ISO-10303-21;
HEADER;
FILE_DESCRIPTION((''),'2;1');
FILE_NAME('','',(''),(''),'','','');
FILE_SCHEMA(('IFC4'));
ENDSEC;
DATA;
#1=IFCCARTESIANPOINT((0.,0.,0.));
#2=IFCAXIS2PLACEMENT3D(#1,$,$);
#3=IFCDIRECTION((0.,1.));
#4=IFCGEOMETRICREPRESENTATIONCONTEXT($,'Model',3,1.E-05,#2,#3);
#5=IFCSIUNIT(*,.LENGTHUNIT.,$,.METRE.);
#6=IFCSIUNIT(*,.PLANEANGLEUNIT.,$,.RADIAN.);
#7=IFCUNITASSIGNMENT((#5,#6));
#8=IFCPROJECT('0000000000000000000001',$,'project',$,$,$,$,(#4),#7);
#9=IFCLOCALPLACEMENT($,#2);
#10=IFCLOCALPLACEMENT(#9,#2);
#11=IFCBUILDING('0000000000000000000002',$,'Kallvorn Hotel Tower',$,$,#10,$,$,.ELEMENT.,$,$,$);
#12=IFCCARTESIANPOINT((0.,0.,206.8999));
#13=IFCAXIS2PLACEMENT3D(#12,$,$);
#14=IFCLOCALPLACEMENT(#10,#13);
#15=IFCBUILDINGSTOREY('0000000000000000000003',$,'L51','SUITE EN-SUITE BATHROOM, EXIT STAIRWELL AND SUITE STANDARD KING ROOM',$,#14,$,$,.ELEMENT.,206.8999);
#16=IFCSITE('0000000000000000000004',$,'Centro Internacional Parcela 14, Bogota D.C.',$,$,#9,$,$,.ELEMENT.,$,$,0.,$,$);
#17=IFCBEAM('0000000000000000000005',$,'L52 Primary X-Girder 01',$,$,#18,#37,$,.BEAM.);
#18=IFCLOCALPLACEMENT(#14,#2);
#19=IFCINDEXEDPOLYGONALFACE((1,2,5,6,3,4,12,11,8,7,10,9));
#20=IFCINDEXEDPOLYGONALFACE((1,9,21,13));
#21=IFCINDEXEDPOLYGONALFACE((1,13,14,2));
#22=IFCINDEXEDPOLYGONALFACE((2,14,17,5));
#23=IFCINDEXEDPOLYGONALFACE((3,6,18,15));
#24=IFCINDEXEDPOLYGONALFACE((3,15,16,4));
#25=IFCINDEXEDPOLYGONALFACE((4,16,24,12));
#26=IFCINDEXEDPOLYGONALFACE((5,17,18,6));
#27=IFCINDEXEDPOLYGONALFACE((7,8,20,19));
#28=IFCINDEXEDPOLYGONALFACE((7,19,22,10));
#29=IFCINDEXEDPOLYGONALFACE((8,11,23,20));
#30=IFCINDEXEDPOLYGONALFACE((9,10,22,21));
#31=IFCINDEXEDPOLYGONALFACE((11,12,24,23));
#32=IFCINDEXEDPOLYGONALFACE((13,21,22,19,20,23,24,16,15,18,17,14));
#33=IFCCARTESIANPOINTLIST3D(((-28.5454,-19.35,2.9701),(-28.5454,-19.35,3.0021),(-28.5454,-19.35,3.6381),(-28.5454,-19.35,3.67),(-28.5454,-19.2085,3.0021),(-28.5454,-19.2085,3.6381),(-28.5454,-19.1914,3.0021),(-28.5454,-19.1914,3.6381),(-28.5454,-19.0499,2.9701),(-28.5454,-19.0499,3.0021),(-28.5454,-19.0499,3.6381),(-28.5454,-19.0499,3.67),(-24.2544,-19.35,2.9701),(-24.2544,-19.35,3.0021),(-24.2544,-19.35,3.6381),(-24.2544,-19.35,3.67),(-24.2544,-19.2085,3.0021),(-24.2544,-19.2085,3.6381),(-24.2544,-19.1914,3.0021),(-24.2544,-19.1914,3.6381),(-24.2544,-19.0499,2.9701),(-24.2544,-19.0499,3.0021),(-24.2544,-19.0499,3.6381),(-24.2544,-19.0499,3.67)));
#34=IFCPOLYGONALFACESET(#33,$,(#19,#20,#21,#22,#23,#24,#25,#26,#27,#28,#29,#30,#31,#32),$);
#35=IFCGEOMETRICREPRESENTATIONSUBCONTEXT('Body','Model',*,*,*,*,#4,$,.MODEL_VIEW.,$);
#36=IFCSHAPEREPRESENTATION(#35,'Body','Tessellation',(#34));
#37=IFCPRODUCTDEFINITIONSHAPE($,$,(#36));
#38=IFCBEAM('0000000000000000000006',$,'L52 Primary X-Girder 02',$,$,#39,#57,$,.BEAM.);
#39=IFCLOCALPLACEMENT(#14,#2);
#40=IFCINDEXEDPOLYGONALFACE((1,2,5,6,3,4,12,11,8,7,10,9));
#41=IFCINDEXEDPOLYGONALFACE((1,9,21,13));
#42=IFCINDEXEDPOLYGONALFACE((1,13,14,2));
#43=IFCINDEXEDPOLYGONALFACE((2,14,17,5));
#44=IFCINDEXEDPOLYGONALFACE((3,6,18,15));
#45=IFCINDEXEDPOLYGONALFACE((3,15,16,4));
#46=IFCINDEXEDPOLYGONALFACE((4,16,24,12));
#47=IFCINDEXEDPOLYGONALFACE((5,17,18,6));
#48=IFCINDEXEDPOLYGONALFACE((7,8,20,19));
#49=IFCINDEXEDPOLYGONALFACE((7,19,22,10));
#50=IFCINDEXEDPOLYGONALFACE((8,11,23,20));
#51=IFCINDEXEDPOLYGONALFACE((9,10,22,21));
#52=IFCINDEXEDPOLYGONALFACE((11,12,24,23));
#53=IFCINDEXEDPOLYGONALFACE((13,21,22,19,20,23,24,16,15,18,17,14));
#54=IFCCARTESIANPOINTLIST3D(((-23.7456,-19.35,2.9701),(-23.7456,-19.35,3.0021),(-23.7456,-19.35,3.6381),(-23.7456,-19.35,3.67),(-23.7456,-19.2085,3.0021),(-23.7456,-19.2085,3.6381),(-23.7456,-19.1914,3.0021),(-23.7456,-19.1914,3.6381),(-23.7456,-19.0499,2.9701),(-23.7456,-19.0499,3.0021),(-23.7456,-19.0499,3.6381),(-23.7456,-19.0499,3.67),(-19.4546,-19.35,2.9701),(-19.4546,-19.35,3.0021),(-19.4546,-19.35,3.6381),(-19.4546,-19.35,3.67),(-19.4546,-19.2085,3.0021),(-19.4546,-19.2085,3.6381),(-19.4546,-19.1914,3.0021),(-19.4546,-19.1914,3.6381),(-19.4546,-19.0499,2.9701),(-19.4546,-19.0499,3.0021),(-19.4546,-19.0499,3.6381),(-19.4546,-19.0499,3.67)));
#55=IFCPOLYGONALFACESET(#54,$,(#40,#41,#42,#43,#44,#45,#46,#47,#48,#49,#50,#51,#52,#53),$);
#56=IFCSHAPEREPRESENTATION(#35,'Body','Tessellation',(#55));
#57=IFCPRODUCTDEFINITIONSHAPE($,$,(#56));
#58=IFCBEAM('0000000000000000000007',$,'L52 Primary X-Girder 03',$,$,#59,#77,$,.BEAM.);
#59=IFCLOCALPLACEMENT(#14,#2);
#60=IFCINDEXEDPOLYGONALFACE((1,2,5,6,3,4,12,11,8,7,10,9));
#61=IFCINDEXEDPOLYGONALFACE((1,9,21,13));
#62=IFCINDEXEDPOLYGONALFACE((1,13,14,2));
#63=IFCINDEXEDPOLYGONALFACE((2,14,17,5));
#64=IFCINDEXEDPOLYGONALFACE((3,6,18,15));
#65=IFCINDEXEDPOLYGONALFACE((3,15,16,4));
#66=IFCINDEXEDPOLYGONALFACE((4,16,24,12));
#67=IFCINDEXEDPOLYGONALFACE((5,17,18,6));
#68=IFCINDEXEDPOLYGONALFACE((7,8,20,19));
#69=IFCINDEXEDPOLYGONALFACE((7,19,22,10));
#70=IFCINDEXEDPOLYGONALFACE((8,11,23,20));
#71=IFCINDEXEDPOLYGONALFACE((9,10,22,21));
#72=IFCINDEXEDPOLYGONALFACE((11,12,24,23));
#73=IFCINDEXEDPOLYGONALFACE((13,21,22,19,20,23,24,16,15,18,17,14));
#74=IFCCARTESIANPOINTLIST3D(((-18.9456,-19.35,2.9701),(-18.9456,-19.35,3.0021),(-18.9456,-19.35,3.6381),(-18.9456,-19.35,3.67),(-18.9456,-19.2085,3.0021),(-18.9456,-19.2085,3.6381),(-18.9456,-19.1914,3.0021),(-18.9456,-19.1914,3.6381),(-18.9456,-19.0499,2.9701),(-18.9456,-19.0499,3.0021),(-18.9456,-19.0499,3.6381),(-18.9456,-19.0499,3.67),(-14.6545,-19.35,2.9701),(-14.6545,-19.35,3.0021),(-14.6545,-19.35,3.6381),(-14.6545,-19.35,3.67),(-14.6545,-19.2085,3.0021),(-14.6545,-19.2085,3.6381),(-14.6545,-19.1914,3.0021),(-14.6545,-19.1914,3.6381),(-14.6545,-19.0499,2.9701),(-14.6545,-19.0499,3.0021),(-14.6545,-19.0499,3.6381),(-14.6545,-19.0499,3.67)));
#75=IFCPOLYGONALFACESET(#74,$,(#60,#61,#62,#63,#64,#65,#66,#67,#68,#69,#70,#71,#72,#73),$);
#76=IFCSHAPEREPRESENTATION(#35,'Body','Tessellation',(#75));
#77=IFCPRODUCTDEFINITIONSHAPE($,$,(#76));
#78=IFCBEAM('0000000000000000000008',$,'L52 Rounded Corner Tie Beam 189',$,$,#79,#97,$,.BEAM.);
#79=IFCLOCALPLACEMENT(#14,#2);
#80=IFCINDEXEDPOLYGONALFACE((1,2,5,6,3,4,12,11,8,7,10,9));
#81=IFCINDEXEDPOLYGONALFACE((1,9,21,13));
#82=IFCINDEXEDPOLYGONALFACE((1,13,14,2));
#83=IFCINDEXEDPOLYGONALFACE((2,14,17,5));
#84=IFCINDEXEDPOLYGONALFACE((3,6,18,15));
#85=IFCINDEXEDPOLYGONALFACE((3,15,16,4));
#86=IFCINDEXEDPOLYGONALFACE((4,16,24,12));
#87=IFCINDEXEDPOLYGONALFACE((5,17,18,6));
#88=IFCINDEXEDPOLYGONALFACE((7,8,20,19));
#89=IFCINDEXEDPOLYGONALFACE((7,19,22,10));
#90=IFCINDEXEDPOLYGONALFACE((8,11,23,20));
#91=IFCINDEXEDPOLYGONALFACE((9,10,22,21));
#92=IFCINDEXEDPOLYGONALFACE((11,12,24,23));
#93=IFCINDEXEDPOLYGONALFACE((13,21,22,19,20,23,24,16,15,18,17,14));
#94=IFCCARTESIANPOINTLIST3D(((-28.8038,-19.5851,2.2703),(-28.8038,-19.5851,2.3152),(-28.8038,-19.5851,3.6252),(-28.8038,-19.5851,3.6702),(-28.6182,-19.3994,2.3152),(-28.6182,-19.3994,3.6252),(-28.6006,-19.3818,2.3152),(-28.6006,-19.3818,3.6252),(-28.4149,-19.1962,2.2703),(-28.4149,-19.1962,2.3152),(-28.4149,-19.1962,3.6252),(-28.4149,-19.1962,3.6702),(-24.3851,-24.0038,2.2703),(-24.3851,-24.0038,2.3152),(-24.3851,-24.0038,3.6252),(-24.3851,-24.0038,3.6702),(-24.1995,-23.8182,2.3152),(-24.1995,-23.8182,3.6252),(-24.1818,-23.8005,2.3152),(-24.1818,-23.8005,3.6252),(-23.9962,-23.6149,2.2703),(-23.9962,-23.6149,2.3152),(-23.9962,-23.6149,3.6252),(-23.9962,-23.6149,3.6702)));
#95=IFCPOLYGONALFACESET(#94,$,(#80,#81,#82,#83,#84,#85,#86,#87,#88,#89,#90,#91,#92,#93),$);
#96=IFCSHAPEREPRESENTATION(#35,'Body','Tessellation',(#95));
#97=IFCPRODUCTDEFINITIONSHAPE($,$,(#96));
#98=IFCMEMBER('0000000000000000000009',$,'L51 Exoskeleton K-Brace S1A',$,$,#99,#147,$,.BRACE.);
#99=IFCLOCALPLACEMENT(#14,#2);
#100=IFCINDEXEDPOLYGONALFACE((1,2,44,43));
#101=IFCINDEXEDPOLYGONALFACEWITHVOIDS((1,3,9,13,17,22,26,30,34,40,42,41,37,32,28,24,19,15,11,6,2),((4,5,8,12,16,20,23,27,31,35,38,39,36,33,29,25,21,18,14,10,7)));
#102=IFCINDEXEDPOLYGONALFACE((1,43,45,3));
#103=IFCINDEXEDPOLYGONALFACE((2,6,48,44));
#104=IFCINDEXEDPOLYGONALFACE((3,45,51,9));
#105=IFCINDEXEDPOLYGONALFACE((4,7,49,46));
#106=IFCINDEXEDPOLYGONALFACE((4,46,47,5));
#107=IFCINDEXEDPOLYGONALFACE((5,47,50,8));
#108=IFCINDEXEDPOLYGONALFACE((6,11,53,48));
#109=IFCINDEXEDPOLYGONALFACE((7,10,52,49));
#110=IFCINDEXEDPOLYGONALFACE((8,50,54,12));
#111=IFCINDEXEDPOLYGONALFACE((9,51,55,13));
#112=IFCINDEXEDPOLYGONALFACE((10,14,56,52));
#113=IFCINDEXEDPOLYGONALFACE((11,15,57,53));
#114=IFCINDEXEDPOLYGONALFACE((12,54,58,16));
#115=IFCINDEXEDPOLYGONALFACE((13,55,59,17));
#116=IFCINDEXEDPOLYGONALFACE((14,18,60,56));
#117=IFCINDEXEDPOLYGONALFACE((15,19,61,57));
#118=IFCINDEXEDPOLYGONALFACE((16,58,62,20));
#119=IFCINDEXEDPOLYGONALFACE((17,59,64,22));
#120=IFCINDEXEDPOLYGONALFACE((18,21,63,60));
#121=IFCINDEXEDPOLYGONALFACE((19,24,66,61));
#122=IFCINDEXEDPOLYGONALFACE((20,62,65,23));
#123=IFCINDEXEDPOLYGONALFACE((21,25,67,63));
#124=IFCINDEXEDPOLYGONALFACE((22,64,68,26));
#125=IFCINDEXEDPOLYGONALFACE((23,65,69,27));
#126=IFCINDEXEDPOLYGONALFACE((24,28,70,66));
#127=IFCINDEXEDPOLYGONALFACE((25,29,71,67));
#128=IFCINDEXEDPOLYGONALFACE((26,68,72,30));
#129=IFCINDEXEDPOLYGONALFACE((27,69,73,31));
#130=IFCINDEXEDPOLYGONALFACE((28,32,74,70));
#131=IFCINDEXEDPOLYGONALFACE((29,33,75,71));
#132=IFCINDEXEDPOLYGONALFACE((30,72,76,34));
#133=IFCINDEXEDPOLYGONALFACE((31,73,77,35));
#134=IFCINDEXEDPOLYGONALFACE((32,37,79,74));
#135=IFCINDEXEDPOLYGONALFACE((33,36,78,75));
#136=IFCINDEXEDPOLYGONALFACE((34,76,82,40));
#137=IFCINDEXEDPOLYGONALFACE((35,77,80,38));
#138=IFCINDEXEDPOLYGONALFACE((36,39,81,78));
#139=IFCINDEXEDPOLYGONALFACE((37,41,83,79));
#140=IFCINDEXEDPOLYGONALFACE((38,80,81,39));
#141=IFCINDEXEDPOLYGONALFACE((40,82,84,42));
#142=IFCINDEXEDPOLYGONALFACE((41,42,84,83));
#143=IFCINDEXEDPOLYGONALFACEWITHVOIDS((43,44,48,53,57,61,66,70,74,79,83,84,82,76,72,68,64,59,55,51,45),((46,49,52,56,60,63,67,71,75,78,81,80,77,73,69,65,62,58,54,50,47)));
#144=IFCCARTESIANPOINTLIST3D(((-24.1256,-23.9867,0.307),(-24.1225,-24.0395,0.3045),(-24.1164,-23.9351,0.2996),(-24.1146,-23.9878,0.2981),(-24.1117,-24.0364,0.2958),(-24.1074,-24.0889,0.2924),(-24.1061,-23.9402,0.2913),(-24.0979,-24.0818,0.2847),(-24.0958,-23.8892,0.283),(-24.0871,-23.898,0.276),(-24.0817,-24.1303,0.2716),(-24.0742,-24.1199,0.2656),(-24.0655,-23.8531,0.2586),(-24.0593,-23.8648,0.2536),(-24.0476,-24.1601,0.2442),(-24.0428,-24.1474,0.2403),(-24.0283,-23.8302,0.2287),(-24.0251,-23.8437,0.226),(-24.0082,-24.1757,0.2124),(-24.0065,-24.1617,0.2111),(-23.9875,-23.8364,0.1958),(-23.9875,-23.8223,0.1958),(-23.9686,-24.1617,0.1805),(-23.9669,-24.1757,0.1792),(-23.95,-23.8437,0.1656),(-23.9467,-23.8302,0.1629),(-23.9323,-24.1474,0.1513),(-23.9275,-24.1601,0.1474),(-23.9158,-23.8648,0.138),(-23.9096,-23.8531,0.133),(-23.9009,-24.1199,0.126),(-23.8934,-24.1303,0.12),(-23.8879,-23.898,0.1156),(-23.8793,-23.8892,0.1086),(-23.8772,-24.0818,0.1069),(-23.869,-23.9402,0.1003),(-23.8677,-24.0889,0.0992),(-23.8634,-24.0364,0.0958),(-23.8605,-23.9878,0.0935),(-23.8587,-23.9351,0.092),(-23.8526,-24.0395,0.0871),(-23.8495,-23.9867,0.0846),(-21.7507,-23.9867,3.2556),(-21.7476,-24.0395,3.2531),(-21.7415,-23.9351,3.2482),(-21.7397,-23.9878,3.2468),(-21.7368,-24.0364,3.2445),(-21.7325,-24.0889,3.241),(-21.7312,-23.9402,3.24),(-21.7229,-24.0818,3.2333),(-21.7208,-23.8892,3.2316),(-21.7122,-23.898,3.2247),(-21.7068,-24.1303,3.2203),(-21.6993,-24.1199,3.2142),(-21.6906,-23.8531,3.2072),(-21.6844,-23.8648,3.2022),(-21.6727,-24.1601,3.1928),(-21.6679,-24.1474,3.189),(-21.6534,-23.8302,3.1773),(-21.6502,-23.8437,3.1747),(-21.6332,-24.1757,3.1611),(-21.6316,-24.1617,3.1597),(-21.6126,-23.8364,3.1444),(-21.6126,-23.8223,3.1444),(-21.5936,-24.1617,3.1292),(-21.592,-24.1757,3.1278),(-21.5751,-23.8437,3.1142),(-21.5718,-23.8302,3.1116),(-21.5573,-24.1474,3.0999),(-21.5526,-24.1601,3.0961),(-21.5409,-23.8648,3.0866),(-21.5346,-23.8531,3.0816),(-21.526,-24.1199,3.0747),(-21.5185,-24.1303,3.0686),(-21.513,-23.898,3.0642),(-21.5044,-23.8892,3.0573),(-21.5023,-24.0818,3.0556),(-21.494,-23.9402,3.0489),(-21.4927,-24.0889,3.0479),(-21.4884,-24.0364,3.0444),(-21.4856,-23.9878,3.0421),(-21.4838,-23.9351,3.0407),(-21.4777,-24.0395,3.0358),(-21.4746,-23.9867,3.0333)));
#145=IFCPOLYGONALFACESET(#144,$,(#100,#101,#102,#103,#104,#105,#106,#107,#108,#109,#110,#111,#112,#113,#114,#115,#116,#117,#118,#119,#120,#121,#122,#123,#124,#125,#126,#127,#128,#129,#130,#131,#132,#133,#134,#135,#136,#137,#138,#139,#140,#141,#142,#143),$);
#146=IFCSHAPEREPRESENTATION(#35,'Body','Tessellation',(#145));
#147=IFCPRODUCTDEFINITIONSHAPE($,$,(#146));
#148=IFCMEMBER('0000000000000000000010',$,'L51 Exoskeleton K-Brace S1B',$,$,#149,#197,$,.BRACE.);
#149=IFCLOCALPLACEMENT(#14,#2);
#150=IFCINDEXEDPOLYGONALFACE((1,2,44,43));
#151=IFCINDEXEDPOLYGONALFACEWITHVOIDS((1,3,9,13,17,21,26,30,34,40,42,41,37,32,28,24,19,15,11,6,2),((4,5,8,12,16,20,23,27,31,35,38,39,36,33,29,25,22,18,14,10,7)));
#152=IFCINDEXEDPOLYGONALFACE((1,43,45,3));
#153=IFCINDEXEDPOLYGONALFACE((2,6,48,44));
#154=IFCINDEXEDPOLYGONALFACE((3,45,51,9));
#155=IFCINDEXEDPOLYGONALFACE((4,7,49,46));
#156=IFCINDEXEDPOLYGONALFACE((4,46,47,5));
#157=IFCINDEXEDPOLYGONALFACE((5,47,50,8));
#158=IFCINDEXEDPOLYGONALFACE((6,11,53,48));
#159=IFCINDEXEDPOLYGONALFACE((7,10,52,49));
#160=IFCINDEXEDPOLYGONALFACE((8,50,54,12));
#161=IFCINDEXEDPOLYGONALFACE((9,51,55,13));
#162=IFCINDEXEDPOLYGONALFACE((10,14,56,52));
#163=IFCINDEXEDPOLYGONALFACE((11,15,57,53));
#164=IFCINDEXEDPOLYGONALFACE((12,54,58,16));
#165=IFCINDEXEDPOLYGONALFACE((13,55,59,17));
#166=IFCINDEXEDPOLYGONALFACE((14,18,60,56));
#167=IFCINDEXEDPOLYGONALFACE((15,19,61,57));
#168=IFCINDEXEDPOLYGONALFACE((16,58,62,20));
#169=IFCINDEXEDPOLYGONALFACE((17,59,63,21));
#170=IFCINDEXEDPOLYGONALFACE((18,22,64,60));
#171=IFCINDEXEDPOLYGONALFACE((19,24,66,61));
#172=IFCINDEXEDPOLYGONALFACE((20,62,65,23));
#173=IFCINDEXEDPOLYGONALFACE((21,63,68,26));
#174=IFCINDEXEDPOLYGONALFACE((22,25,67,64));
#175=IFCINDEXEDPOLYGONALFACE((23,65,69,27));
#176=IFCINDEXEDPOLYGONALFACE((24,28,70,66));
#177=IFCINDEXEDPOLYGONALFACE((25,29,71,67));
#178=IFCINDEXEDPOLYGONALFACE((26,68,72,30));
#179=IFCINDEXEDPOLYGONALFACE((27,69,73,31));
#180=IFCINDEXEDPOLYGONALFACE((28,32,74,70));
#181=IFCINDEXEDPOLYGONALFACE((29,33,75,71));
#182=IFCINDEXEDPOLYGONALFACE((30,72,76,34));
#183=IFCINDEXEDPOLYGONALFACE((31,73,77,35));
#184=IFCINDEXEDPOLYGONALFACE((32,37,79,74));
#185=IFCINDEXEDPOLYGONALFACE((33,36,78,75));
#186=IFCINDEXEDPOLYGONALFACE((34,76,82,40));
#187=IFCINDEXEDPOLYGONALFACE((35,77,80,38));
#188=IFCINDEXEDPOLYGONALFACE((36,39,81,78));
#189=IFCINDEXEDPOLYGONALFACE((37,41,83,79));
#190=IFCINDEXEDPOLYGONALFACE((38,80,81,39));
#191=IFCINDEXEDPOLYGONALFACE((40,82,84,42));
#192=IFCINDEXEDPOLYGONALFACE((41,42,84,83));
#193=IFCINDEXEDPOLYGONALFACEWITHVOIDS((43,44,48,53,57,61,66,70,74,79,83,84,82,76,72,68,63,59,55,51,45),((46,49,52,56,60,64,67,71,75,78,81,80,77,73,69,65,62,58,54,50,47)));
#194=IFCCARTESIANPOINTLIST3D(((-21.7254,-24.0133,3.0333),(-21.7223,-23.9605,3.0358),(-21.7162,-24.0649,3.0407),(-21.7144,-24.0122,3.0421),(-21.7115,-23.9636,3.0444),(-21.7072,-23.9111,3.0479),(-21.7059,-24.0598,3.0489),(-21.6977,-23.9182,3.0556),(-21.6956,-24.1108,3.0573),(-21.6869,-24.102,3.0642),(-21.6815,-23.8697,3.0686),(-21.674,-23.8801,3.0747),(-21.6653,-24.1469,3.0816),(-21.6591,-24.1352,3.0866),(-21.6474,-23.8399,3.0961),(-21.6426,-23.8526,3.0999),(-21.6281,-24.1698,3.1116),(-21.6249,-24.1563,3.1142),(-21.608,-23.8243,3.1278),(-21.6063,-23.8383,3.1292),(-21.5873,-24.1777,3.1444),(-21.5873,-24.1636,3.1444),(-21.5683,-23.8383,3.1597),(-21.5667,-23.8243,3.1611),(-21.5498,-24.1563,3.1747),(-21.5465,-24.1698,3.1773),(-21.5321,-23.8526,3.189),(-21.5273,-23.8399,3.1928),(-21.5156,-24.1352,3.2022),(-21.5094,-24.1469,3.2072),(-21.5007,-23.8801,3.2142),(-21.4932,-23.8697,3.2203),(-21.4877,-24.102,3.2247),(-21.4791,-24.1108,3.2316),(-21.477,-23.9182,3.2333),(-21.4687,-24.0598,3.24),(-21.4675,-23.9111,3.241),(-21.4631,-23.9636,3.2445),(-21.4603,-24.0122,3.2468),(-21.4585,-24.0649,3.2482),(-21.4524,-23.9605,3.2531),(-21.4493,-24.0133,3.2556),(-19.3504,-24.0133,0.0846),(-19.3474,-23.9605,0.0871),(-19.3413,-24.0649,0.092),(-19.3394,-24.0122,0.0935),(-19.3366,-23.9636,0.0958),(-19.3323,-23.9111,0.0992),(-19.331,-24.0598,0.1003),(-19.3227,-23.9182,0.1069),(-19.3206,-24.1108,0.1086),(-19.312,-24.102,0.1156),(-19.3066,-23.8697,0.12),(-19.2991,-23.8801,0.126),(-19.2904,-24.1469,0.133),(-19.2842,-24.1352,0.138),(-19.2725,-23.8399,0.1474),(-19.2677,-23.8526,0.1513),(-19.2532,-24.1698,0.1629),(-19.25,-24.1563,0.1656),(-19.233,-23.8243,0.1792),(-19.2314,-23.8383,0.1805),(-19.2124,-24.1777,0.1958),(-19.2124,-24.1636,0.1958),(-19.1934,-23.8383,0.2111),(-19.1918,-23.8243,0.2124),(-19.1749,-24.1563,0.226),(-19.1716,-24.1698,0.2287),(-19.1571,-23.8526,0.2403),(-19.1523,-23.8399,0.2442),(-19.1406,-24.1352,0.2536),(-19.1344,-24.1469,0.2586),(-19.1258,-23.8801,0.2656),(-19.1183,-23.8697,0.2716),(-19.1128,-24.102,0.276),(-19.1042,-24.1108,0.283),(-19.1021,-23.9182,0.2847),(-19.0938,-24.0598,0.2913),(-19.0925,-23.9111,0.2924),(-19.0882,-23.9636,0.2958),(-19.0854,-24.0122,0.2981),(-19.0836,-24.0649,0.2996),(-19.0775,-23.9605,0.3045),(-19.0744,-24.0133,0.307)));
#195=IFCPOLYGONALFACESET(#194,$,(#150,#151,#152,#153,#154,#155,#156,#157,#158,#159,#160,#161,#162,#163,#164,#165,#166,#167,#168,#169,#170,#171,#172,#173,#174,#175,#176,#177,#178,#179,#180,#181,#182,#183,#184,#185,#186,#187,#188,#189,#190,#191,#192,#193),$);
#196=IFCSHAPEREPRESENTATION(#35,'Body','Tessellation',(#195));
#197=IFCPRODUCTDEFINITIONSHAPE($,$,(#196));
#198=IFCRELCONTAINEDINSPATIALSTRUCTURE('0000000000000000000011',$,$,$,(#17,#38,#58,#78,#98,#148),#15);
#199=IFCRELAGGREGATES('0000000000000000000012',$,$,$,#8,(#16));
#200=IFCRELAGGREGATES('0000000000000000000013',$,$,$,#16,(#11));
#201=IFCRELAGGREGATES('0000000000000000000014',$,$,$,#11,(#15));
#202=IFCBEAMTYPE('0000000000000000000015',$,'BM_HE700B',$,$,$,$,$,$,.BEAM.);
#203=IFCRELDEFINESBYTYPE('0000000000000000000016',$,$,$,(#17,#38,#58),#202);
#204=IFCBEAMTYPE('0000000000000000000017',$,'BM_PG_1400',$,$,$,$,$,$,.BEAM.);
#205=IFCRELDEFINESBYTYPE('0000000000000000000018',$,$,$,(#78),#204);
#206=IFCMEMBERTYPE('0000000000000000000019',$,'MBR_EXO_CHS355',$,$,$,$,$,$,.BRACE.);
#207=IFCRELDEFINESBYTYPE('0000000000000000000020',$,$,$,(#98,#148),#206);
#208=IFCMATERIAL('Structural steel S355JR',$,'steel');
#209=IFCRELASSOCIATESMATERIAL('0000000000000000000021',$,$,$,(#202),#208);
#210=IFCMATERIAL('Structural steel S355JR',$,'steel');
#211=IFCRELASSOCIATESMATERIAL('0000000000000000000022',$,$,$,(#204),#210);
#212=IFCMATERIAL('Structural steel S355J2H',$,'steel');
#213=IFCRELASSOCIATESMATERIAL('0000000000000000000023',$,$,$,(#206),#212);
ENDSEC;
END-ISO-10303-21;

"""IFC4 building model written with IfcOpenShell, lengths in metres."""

from ifc_helpers import new_model, si_unit, direction, frame, origin, origin_2d, place, context, subcontext, project, spatial, hollow_circle, i_section, extrude, material, material_profile, profile_set, type_object, element, save


model = new_model("IFC4")

# Units and contexts
model_context = context("Model", 3, precision=1e-05, world=origin(), true_north=direction((0.0, 1.0)))
body_context = subcontext(model_context, "Body", "Model", "MODEL_VIEW")
ifc_project = project(units=[si_unit("LENGTHUNIT", "METRE"), si_unit("PLANEANGLEUNIT", "RADIAN")], contexts=[model_context])

# Site, building, storey
site_placement = place(None, origin())
site = spatial("IfcSite", under=ifc_project, at=site_placement, Name="Centro Internacional Parcela 14, Bogota D.C.", CompositionType="ELEMENT", RefElevation=0.0)
building_placement = place(site_placement, origin())
building = spatial("IfcBuilding", under=site, at=building_placement, Name="Kallvorn Hotel Tower", CompositionType="ELEMENT")
storey_placement = place(building_placement, frame((0.0, 0.0, 206.8999)))
storey = spatial("IfcBuildingStorey", under=building, at=storey_placement, Name="L51", Description="SUITE EN-SUITE BATHROOM, EXIT STAIRWELL AND SUITE STANDARD KING ROOM", CompositionType="ELEMENT", Elevation=206.8999)

# Beams
ifc_material_1 = material(Name="Structural steel S355JR", Category="steel")
ifc_material_profile_1 = material_profile(ifc_material_1, i_section(OverallWidth=0.3, OverallDepth=0.7, WebThickness=0.0171, FlangeThickness=0.032, at=origin_2d()), Name="HE 700 B")
ifc_profile_set_1 = profile_set([ifc_material_profile_1], Name="Structural steel S355JR")
beam_type_1 = type_object("IfcBeamType", Name="BM_HE700B", PredefinedType="BEAM", material=ifc_profile_set_1)
for number, where, z_axis, x_axis, name in (
    (1, (-28.5454, -19.2, 3.3201), (1.0, 0.0, 0.0), (0.0, 1.0, 0.0), "L52 Primary X-Girder 01"),
    (2, (-23.7456, -19.2, 3.3201), (1.0, 0.0, 0.0), (0.0, 1.0, 0.0), "L52 Primary X-Girder 02"),
    (3, (-18.9456, -19.2, 3.3201), (1.0, 0.0, 0.0), (0.0, 1.0, 0.0), "L52 Primary X-Girder 03"),
):
    element("IfcBeam", number, at=place(storey_placement, frame(where, z_axis=z_axis, x_axis=x_axis)), inside=storey, type_object=beam_type_1, Name=name, PredefinedType="BEAM", context=body_context, shape_type="SweptSolid", body=[
        extrude(i_section(OverallWidth=0.3, OverallDepth=0.7, WebThickness=0.0171, FlangeThickness=0.032, at=origin_2d()), origin(), (0.0, 0.0, 1.0), 4.291),
    ])
ifc_material_2 = material(Name="Structural steel S355JR", Category="steel")
ifc_material_profile_2 = material_profile(ifc_material_2, i_section(OverallWidth=0.55, OverallDepth=1.3999, WebThickness=0.0249, FlangeThickness=0.0449, at=origin_2d()), Name="PG 1400x550x25x45")
ifc_profile_set_2 = profile_set([ifc_material_profile_2], Name="Structural steel S355JR")
beam_type_2 = type_object("IfcBeamType", Name="BM_PG_1400", PredefinedType="BEAM", material=ifc_profile_set_2)
beam_placement = place(storey_placement, frame((-28.6094, -19.3906, 2.9702), z_axis=(0.707107, -0.707107, 0.0), x_axis=(0.707107, 0.707107, 0.0)))
element("IfcBeam", 4, at=beam_placement, inside=storey, type_object=beam_type_2, Name="L52 Rounded Corner Tie Beam 189", PredefinedType="BEAM", context=body_context, shape_type="SweptSolid", body=[
    extrude(i_section(OverallWidth=0.55, OverallDepth=1.3999, WebThickness=0.0249, FlangeThickness=0.0449, at=origin_2d()), origin(), (0.0, 0.0, 1.0), 6.249),
])

# Members
ifc_material_3 = material(Name="Structural steel S355J2H", Category="steel")
ifc_material_profile_3 = material_profile(ifc_material_3, hollow_circle(Radius=0.1777, WallThickness=0.0142, at=origin_2d()), Name="CHS 355.6x14.2")
ifc_profile_set_3 = profile_set([ifc_material_profile_3], Name="Structural steel S355J2H")
member_type = type_object("IfcMemberType", Name="MBR_EXO_CHS355", PredefinedType="BRACE", material=ifc_profile_set_3)
for number, where, z_axis, x_axis, name in (
    (5, (-23.9875, -24.0, 0.1958), (0.627271, 0.0, 0.778801), (0.0, 1.0, 0.0), "L51 Exoskeleton K-Brace S1A"),
    (6, (-19.2124, -24.0, 0.1958), (-0.627271, 0.0, 0.778801), (0.0, -1.0, 0.0), "L51 Exoskeleton K-Brace S1B"),
):
    element("IfcMember", number, at=place(storey_placement, frame(where, z_axis=z_axis, x_axis=x_axis)), inside=storey, type_object=member_type, Name=name, PredefinedType="BRACE", context=body_context, shape_type="SweptSolid", body=[
        extrude(hollow_circle(Radius=0.1777, WallThickness=0.0142, at=origin_2d()), origin(), (0.0, 0.0, 1.0), 3.7861),
    ])

save(model, "model.ifc")
